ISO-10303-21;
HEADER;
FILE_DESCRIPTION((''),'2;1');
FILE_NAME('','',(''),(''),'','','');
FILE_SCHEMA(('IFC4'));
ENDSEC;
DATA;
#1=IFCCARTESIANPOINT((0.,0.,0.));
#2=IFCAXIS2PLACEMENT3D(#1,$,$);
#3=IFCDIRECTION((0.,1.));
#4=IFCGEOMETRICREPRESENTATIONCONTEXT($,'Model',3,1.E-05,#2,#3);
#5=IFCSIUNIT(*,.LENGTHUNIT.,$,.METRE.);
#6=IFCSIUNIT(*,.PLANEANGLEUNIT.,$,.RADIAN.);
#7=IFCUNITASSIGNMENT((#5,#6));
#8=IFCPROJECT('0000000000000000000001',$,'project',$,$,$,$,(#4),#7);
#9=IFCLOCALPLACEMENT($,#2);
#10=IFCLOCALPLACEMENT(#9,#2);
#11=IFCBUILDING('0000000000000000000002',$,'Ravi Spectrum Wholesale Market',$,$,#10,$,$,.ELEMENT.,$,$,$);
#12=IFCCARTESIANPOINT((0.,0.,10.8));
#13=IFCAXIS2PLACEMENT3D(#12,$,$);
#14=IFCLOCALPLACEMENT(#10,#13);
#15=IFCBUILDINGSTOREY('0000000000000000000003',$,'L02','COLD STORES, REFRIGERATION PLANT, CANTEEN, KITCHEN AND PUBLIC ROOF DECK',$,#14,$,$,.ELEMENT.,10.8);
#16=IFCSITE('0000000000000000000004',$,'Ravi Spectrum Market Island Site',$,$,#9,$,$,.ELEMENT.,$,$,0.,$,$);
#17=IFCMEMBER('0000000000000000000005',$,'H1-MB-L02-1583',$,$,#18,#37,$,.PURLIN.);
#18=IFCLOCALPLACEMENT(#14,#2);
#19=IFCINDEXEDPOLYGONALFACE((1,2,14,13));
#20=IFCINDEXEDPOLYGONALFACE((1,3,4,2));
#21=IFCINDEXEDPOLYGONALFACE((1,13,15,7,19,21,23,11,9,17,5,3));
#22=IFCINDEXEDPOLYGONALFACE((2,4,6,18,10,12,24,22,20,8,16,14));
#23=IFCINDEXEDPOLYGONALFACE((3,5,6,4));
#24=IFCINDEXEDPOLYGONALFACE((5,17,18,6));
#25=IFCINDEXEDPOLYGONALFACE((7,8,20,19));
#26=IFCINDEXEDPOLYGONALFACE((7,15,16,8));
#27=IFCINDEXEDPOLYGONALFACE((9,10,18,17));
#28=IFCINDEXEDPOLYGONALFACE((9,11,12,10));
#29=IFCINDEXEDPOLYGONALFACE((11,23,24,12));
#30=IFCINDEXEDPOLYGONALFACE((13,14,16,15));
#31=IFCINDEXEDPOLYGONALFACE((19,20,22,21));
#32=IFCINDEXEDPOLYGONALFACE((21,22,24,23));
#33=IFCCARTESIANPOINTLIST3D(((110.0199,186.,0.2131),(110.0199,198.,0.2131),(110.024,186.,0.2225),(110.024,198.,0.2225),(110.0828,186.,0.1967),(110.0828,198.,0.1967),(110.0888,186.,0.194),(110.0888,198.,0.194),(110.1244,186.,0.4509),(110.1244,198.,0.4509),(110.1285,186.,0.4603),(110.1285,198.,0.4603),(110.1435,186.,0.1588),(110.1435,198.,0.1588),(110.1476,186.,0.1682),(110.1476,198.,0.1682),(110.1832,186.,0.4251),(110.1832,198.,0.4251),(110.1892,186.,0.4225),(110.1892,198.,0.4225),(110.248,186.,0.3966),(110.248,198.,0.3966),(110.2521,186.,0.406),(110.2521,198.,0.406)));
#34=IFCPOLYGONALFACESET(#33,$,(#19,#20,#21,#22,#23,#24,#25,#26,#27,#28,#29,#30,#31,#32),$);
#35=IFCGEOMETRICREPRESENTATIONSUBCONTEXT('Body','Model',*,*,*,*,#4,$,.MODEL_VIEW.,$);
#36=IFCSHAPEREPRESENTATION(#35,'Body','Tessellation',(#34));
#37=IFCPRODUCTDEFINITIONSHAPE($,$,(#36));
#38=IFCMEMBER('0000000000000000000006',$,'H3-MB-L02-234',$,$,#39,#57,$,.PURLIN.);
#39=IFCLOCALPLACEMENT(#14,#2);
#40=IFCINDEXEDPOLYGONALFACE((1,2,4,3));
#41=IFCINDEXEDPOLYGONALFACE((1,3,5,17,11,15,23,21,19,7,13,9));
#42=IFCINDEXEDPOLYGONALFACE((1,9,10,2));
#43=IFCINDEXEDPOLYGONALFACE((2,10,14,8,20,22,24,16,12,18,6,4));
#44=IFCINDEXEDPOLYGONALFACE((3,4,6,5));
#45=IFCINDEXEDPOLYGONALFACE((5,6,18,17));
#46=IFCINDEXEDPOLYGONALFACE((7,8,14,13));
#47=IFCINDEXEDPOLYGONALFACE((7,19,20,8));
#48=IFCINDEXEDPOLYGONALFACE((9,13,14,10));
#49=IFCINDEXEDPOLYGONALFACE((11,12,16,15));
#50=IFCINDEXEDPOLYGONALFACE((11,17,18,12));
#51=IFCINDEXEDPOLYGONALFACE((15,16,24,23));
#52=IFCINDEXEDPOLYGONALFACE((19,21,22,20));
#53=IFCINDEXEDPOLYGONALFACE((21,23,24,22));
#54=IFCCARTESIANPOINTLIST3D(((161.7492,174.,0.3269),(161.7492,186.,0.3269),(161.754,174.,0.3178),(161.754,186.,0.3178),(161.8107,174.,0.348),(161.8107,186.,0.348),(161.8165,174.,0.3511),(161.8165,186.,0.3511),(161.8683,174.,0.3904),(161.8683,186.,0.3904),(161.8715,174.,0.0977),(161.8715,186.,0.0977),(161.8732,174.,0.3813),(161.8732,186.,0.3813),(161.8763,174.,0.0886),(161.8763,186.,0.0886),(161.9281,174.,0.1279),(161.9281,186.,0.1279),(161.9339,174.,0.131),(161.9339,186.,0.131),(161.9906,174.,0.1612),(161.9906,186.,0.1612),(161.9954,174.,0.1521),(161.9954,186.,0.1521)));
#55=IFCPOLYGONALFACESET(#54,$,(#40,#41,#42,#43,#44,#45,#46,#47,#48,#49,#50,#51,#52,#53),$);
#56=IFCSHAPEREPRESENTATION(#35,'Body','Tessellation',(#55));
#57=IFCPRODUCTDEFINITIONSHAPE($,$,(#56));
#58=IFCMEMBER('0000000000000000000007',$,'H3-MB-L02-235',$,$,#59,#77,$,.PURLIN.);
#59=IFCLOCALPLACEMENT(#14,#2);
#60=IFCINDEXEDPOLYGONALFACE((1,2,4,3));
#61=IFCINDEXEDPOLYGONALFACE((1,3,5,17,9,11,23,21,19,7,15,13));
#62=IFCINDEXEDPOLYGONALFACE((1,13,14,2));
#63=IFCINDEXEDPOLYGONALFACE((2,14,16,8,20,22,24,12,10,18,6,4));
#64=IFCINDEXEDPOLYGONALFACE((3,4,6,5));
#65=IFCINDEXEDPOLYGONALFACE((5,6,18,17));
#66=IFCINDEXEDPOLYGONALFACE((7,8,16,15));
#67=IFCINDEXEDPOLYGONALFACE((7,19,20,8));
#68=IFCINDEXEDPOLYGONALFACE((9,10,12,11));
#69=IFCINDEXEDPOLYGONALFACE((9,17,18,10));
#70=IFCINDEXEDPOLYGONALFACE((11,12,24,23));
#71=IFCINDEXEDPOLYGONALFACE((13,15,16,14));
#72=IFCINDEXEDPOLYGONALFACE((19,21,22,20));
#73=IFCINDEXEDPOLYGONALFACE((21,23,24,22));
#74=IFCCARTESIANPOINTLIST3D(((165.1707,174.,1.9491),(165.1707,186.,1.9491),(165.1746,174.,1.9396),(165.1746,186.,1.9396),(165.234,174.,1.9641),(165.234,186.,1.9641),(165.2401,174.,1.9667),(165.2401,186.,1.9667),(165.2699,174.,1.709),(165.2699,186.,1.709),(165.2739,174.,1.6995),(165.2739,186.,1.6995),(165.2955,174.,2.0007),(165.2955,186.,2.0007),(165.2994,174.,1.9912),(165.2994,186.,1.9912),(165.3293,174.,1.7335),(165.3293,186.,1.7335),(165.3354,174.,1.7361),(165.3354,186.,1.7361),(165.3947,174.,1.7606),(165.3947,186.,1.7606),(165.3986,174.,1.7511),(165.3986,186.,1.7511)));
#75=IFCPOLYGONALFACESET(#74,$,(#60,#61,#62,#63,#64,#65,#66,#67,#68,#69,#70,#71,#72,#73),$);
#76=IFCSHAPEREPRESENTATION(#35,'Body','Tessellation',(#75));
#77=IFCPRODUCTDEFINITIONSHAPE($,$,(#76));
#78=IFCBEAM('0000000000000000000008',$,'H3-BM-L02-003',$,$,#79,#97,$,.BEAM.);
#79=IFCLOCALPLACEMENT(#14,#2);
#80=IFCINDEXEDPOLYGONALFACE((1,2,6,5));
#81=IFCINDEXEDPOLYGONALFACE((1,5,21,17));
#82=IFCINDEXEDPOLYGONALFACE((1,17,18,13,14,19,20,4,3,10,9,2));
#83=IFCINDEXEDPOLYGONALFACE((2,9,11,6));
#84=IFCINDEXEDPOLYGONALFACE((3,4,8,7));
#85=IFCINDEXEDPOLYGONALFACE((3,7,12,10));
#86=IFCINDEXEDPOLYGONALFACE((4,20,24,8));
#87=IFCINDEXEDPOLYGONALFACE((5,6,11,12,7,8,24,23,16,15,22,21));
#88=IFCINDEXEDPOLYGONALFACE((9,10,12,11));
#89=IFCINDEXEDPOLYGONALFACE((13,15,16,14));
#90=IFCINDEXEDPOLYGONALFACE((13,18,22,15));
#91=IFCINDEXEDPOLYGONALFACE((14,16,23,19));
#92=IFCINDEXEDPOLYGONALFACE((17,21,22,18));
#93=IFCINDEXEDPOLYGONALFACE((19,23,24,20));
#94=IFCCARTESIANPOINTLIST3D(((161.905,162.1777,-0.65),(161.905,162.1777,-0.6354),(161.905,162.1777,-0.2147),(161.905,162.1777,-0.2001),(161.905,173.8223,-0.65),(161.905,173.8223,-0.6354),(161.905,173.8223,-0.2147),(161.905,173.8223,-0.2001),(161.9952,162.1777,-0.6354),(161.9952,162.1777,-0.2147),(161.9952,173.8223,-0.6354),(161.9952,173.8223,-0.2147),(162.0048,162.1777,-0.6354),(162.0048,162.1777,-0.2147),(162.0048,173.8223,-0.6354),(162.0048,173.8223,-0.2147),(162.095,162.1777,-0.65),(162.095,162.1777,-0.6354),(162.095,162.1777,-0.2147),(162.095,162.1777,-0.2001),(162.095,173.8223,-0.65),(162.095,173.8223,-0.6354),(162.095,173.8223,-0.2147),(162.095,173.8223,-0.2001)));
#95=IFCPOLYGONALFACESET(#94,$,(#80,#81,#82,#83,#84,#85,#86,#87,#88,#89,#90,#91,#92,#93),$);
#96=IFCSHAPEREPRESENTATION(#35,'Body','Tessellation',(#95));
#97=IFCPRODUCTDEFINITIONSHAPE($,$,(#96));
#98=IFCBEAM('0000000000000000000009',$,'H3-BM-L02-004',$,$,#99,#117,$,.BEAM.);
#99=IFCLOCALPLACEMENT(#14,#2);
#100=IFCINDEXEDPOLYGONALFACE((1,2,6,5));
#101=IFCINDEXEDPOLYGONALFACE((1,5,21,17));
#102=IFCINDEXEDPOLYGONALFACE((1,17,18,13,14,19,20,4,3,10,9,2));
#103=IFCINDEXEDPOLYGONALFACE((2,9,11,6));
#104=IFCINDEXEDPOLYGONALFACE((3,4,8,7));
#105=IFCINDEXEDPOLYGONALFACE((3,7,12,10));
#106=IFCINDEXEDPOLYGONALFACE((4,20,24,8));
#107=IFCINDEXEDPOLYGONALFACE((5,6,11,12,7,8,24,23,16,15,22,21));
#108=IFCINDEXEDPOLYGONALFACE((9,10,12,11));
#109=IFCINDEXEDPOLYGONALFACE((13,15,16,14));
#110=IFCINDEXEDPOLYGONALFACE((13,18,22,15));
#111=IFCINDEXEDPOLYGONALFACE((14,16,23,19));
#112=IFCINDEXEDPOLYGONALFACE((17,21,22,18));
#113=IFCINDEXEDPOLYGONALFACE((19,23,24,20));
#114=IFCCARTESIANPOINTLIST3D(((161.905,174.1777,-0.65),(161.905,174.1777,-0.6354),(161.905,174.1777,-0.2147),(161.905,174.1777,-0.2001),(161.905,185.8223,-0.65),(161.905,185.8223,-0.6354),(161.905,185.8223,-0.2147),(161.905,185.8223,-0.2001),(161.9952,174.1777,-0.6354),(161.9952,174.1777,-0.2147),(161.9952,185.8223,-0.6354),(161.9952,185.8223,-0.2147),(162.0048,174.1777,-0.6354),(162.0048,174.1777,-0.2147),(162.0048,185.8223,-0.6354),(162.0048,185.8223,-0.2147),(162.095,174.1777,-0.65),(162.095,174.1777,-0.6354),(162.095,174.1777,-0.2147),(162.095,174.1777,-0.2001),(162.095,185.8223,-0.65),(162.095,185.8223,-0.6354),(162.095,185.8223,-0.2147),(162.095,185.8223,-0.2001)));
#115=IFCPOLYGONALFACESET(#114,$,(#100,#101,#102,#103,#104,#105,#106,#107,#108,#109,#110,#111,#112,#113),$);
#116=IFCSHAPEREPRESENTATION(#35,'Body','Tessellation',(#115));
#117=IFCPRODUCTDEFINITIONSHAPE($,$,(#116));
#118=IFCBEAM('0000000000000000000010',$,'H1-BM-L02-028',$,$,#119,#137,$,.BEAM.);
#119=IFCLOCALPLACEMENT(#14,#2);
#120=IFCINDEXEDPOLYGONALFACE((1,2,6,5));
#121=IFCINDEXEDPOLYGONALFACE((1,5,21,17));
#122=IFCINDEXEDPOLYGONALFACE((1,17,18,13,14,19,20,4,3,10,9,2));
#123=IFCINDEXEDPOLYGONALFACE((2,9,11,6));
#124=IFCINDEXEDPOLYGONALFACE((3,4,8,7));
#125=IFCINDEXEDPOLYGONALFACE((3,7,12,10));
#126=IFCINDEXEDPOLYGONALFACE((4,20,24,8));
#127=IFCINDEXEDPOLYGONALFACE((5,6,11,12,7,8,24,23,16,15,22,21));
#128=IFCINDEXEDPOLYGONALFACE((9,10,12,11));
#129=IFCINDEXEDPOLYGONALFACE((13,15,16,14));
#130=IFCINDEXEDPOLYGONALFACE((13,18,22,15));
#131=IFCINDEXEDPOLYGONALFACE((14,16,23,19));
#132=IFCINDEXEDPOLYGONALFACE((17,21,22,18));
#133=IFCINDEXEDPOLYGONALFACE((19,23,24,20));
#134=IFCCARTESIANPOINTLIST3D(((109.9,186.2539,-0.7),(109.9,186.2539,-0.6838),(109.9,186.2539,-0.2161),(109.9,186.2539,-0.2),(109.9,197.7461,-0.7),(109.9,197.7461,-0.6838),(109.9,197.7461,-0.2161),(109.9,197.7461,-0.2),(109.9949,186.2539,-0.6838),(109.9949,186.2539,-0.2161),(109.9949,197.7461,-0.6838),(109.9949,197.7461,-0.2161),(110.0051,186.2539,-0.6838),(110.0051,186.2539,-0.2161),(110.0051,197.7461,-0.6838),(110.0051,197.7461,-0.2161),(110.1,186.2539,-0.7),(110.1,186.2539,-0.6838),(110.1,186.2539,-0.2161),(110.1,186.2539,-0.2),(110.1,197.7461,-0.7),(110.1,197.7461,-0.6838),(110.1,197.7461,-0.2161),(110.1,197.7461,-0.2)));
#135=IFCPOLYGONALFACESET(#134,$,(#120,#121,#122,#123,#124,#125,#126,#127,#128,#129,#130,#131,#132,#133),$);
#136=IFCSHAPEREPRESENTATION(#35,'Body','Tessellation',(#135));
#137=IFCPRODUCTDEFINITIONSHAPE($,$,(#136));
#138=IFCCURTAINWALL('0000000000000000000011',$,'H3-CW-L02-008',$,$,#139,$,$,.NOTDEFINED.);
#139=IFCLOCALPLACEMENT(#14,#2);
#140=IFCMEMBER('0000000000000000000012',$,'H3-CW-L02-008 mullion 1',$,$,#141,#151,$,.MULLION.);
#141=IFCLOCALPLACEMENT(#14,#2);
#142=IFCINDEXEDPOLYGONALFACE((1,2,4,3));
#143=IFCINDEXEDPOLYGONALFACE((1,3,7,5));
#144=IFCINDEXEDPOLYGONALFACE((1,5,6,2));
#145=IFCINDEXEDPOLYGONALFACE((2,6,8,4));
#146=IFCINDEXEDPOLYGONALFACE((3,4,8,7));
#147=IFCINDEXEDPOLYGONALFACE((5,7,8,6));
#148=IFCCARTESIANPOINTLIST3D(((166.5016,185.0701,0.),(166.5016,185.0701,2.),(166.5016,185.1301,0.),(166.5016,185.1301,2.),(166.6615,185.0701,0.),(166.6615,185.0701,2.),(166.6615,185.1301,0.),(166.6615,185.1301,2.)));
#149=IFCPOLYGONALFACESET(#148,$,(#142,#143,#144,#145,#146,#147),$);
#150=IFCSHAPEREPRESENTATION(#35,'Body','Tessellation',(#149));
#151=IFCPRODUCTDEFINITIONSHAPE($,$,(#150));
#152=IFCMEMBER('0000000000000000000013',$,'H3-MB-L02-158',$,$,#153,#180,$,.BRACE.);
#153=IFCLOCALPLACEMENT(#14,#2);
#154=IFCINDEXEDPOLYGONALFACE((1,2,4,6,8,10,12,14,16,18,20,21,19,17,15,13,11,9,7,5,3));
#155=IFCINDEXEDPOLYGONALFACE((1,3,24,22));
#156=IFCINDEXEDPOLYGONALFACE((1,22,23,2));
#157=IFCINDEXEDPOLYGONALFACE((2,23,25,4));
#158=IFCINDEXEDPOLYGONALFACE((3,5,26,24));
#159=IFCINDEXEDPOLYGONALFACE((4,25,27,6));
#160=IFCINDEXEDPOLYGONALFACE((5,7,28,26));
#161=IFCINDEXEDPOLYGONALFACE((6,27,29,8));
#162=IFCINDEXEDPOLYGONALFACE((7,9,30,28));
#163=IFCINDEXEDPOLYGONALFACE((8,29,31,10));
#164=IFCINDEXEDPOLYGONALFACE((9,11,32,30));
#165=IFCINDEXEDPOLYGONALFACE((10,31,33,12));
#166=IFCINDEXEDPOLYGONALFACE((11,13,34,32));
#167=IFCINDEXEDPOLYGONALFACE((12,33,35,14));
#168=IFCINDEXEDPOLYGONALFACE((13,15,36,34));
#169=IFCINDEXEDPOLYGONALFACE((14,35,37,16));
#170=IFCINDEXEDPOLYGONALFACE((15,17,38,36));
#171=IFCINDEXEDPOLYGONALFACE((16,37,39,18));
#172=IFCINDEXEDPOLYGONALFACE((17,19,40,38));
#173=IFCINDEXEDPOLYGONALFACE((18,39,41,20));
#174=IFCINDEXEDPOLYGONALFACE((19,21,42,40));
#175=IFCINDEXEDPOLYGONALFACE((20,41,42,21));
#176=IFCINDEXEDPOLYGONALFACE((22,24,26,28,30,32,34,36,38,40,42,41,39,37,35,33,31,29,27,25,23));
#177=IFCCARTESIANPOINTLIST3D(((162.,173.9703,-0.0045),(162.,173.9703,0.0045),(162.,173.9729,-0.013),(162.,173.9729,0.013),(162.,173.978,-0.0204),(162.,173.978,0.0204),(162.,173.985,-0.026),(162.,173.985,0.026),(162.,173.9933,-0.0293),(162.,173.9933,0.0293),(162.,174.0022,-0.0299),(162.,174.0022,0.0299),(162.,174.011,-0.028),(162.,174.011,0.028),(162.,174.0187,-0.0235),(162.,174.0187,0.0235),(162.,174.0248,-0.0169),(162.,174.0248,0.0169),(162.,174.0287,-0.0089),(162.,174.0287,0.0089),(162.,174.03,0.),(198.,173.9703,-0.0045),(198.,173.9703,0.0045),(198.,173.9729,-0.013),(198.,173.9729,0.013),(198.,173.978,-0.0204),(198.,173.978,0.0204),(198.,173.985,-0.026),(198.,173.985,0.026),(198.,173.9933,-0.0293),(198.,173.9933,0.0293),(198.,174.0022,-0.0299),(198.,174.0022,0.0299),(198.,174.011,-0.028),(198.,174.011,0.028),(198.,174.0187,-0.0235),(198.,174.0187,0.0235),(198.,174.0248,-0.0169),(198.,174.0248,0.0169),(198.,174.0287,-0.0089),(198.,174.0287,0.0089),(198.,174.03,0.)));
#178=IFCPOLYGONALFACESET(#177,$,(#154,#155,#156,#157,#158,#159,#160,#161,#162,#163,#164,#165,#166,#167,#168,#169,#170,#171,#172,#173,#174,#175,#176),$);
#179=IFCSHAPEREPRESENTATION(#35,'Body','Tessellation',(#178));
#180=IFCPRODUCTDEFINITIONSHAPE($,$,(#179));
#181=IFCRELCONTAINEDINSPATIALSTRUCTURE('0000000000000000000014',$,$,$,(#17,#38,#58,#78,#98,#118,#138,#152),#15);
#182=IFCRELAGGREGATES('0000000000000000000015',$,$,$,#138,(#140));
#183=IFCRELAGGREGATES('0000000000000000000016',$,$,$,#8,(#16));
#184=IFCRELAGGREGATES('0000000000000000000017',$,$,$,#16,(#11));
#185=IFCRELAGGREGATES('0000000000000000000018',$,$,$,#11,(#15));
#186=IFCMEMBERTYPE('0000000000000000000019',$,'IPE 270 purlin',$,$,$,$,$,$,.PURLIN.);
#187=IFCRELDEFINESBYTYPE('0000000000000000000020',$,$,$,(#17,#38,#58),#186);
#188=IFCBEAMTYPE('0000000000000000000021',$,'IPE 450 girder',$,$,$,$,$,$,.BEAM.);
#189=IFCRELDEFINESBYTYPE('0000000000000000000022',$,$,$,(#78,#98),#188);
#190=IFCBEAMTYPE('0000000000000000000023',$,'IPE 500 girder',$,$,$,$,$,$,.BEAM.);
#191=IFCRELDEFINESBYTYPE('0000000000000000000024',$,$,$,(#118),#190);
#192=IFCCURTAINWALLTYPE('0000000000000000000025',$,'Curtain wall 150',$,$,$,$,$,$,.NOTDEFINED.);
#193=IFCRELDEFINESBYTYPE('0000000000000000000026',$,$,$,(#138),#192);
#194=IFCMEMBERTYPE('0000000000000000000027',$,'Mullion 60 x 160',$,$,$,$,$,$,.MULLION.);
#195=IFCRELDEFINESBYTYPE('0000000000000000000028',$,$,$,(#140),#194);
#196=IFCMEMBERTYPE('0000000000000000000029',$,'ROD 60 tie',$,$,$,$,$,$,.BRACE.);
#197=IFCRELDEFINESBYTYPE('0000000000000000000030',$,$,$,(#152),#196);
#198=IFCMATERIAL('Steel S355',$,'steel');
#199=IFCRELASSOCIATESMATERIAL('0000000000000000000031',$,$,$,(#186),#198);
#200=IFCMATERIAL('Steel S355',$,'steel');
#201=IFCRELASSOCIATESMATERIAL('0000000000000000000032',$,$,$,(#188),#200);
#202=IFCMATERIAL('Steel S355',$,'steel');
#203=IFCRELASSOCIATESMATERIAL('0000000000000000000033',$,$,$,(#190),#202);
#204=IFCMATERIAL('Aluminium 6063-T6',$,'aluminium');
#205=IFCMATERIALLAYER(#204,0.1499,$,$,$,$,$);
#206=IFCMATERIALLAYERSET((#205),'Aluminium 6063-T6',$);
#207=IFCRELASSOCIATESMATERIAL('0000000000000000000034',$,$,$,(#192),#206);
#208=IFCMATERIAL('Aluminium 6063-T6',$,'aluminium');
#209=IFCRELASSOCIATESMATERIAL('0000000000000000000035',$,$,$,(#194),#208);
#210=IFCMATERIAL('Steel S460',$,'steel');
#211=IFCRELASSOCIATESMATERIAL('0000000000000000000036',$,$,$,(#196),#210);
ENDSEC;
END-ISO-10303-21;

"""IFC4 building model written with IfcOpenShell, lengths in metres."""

from ifc_helpers import new_model, si_unit, direction, frame, origin, origin_2d, place, context, subcontext, project, spatial, rectangle, circle, i_section, extrude, material, layer, layer_set, material_profile, profile_set, type_object, element, aggregate, save


model = new_model("IFC4")

# Units and contexts
model_context = context("Model", 3, precision=1e-05, world=origin(), true_north=direction((0.0, 1.0)))
body_context = subcontext(model_context, "Body", "Model", "MODEL_VIEW")
ifc_project = project(units=[si_unit("LENGTHUNIT", "METRE"), si_unit("PLANEANGLEUNIT", "RADIAN")], contexts=[model_context])

# Site, building, storey
site_placement = place(None, origin())
site = spatial("IfcSite", under=ifc_project, at=site_placement, Name="Ravi Spectrum Market Island Site", CompositionType="ELEMENT", RefElevation=0.0)
building_placement = place(site_placement, origin())
building = spatial("IfcBuilding", under=site, at=building_placement, Name="Ravi Spectrum Wholesale Market", CompositionType="ELEMENT")
storey_placement = place(building_placement, frame((0.0, 0.0, 10.8)))
storey = spatial("IfcBuildingStorey", under=building, at=storey_placement, Name="L02", Description="COLD STORES, REFRIGERATION PLANT, CANTEEN, KITCHEN AND PUBLIC ROOF DECK", CompositionType="ELEMENT", Elevation=10.8)

# Members
ifc_material_1 = material(Name="Steel S355", Category="steel")
ifc_material_profile_1 = material_profile(ifc_material_1, i_section(OverallWidth=0.135, OverallDepth=0.27, WebThickness=0.0066, FlangeThickness=0.0103, at=origin_2d()))
ifc_profile_set_1 = profile_set([ifc_material_profile_1], Name="Steel S355")
member_type_1 = type_object("IfcMemberType", Name="IPE 270 purlin", PredefinedType="PURLIN", material=ifc_profile_set_1)
for number, where, z_axis, x_axis, name in (
    (1, (110.136, 186.0, 0.3096), (0.0, 1.0, 0.0), (-0.915525, 0.0, 0.40226), "H1-MB-L02-1583"),
    (2, (161.8723, 174.0, 0.2395), (0.0, 1.0, 0.0), (-0.882353, 0.0, -0.470588), "H3-MB-L02-234"),
    (3, (165.2847, 174.0, 1.8501), (0.0, 1.0, 0.0), (-0.92416, 0.0, -0.382006), "H3-MB-L02-235"),
):
    element("IfcMember", number, at=place(storey_placement, frame(where, z_axis=z_axis, x_axis=x_axis)), inside=storey, type_object=member_type_1, Name=name, PredefinedType="PURLIN", context=body_context, shape_type="SweptSolid", body=[
        extrude(i_section(OverallWidth=0.135, OverallDepth=0.27, WebThickness=0.0066, FlangeThickness=0.0103, at=origin_2d()), origin(), (0.0, 0.0, 1.0), 12.0),
    ])

# Beams
ifc_material_2 = material(Name="Steel S355", Category="steel")
ifc_material_profile_2 = material_profile(ifc_material_2, i_section(OverallWidth=0.1899, OverallDepth=0.45, WebThickness=0.0095, FlangeThickness=0.0146, at=origin_2d()))
ifc_profile_set_2 = profile_set([ifc_material_profile_2], Name="Steel S355")
beam_type_1 = type_object("IfcBeamType", Name="IPE 450 girder", PredefinedType="BEAM", material=ifc_profile_set_2)
for number, where, z_axis, x_axis, name in (
    (4, (162.0, 162.1777, -0.425), (0.0, 1.0, 0.0), (-1.0, 0.0, 0.0), "H3-BM-L02-003"),
    (5, (162.0, 174.1777, -0.425), (0.0, 1.0, 0.0), (-1.0, 0.0, 0.0), "H3-BM-L02-004"),
):
    element("IfcBeam", number, at=place(storey_placement, frame(where, z_axis=z_axis, x_axis=x_axis)), inside=storey, type_object=beam_type_1, Name=name, PredefinedType="BEAM", context=body_context, shape_type="SweptSolid", body=[
        extrude(i_section(OverallWidth=0.1899, OverallDepth=0.45, WebThickness=0.0095, FlangeThickness=0.0146, at=origin_2d()), origin(), (0.0, 0.0, 1.0), 11.6445),
    ])
ifc_material_3 = material(Name="Steel S355", Category="steel")
ifc_material_profile_3 = material_profile(ifc_material_3, i_section(OverallWidth=0.2, OverallDepth=0.5, WebThickness=0.0103, FlangeThickness=0.0161, at=origin_2d()))
ifc_profile_set_3 = profile_set([ifc_material_profile_3], Name="Steel S355")
beam_type_2 = type_object("IfcBeamType", Name="IPE 500 girder", PredefinedType="BEAM", material=ifc_profile_set_3)
beam_placement = place(storey_placement, frame((110.0, 186.2539, -0.45), z_axis=(0.0, 1.0, 0.0), x_axis=(-1.0, 0.0, 0.0)))
element("IfcBeam", 6, at=beam_placement, inside=storey, type_object=beam_type_2, Name="H1-BM-L02-028", PredefinedType="BEAM", context=body_context, shape_type="SweptSolid", body=[
    extrude(i_section(OverallWidth=0.2, OverallDepth=0.5, WebThickness=0.0103, FlangeThickness=0.0161, at=origin_2d()), origin(), (0.0, 0.0, 1.0), 11.4922),
])

# Curtain wall, member
ifc_material_4 = material(Name="Aluminium 6063-T6", Category="aluminium")
ifc_layer_1 = layer(ifc_material_4, 0.1499)
ifc_layer_set_1 = layer_set([ifc_layer_1], Name="Aluminium 6063-T6")
curtain_wall_type = type_object("IfcCurtainWallType", Name="Curtain wall 150", PredefinedType="NOTDEFINED", material=ifc_layer_set_1)
curtain_wall_placement = place(storey_placement, origin())
curtain_wall = element("IfcCurtainWall", 7, at=curtain_wall_placement, inside=storey, type_object=curtain_wall_type, Name="H3-CW-L02-008", PredefinedType="NOTDEFINED")
ifc_material_5 = material(Name="Aluminium 6063-T6", Category="aluminium")
ifc_material_profile_4 = material_profile(ifc_material_5, rectangle(XDim=0.0601, YDim=0.1599, at=origin_2d()))
ifc_profile_set_4 = profile_set([ifc_material_profile_4], Name="Aluminium 6063-T6")
member_type_2 = type_object("IfcMemberType", Name="Mullion 60 x 160", PredefinedType="MULLION", material=ifc_profile_set_4)
member_1_placement = place(storey_placement, frame((166.5815, 185.1001, 0.0), z_axis=(0.0, 0.0, 1.0), x_axis=(0.0, 1.0, 0.0)))
member_1 = element("IfcMember", 8, at=member_1_placement, type_object=member_type_2, Name="H3-CW-L02-008 mullion 1", PredefinedType="MULLION", context=body_context, shape_type="SweptSolid", body=[
    extrude(rectangle(XDim=0.0601, YDim=0.1599, at=origin_2d()), origin(), (0.0, 0.0, 1.0), 2.0),
])

# Member
ifc_material_6 = material(Name="Steel S460", Category="steel")
ifc_material_profile_5 = material_profile(ifc_material_6, circle(Radius=0.03, at=origin_2d()))
ifc_profile_set_5 = profile_set([ifc_material_profile_5], Name="Steel S460")
member_type_3 = type_object("IfcMemberType", Name="ROD 60 tie", PredefinedType="BRACE", material=ifc_profile_set_5)
for number, where, z_axis, x_axis, name in (
    (9, (162.0, 174.0, 0.0), (1.0, 0.0, 0.0), (0.0, 1.0, 0.0), "H3-MB-L02-158"),
):
    element("IfcMember", number, at=place(storey_placement, frame(where, z_axis=z_axis, x_axis=x_axis)), inside=storey, type_object=member_type_3, Name=name, PredefinedType="BRACE", context=body_context, shape_type="SweptSolid", body=[
        extrude(circle(Radius=0.03, at=origin_2d()), origin(), (0.0, 0.0, 1.0), 36.0),
    ])

aggregate(curtain_wall, [member_1])

save(model, "model.ifc")
